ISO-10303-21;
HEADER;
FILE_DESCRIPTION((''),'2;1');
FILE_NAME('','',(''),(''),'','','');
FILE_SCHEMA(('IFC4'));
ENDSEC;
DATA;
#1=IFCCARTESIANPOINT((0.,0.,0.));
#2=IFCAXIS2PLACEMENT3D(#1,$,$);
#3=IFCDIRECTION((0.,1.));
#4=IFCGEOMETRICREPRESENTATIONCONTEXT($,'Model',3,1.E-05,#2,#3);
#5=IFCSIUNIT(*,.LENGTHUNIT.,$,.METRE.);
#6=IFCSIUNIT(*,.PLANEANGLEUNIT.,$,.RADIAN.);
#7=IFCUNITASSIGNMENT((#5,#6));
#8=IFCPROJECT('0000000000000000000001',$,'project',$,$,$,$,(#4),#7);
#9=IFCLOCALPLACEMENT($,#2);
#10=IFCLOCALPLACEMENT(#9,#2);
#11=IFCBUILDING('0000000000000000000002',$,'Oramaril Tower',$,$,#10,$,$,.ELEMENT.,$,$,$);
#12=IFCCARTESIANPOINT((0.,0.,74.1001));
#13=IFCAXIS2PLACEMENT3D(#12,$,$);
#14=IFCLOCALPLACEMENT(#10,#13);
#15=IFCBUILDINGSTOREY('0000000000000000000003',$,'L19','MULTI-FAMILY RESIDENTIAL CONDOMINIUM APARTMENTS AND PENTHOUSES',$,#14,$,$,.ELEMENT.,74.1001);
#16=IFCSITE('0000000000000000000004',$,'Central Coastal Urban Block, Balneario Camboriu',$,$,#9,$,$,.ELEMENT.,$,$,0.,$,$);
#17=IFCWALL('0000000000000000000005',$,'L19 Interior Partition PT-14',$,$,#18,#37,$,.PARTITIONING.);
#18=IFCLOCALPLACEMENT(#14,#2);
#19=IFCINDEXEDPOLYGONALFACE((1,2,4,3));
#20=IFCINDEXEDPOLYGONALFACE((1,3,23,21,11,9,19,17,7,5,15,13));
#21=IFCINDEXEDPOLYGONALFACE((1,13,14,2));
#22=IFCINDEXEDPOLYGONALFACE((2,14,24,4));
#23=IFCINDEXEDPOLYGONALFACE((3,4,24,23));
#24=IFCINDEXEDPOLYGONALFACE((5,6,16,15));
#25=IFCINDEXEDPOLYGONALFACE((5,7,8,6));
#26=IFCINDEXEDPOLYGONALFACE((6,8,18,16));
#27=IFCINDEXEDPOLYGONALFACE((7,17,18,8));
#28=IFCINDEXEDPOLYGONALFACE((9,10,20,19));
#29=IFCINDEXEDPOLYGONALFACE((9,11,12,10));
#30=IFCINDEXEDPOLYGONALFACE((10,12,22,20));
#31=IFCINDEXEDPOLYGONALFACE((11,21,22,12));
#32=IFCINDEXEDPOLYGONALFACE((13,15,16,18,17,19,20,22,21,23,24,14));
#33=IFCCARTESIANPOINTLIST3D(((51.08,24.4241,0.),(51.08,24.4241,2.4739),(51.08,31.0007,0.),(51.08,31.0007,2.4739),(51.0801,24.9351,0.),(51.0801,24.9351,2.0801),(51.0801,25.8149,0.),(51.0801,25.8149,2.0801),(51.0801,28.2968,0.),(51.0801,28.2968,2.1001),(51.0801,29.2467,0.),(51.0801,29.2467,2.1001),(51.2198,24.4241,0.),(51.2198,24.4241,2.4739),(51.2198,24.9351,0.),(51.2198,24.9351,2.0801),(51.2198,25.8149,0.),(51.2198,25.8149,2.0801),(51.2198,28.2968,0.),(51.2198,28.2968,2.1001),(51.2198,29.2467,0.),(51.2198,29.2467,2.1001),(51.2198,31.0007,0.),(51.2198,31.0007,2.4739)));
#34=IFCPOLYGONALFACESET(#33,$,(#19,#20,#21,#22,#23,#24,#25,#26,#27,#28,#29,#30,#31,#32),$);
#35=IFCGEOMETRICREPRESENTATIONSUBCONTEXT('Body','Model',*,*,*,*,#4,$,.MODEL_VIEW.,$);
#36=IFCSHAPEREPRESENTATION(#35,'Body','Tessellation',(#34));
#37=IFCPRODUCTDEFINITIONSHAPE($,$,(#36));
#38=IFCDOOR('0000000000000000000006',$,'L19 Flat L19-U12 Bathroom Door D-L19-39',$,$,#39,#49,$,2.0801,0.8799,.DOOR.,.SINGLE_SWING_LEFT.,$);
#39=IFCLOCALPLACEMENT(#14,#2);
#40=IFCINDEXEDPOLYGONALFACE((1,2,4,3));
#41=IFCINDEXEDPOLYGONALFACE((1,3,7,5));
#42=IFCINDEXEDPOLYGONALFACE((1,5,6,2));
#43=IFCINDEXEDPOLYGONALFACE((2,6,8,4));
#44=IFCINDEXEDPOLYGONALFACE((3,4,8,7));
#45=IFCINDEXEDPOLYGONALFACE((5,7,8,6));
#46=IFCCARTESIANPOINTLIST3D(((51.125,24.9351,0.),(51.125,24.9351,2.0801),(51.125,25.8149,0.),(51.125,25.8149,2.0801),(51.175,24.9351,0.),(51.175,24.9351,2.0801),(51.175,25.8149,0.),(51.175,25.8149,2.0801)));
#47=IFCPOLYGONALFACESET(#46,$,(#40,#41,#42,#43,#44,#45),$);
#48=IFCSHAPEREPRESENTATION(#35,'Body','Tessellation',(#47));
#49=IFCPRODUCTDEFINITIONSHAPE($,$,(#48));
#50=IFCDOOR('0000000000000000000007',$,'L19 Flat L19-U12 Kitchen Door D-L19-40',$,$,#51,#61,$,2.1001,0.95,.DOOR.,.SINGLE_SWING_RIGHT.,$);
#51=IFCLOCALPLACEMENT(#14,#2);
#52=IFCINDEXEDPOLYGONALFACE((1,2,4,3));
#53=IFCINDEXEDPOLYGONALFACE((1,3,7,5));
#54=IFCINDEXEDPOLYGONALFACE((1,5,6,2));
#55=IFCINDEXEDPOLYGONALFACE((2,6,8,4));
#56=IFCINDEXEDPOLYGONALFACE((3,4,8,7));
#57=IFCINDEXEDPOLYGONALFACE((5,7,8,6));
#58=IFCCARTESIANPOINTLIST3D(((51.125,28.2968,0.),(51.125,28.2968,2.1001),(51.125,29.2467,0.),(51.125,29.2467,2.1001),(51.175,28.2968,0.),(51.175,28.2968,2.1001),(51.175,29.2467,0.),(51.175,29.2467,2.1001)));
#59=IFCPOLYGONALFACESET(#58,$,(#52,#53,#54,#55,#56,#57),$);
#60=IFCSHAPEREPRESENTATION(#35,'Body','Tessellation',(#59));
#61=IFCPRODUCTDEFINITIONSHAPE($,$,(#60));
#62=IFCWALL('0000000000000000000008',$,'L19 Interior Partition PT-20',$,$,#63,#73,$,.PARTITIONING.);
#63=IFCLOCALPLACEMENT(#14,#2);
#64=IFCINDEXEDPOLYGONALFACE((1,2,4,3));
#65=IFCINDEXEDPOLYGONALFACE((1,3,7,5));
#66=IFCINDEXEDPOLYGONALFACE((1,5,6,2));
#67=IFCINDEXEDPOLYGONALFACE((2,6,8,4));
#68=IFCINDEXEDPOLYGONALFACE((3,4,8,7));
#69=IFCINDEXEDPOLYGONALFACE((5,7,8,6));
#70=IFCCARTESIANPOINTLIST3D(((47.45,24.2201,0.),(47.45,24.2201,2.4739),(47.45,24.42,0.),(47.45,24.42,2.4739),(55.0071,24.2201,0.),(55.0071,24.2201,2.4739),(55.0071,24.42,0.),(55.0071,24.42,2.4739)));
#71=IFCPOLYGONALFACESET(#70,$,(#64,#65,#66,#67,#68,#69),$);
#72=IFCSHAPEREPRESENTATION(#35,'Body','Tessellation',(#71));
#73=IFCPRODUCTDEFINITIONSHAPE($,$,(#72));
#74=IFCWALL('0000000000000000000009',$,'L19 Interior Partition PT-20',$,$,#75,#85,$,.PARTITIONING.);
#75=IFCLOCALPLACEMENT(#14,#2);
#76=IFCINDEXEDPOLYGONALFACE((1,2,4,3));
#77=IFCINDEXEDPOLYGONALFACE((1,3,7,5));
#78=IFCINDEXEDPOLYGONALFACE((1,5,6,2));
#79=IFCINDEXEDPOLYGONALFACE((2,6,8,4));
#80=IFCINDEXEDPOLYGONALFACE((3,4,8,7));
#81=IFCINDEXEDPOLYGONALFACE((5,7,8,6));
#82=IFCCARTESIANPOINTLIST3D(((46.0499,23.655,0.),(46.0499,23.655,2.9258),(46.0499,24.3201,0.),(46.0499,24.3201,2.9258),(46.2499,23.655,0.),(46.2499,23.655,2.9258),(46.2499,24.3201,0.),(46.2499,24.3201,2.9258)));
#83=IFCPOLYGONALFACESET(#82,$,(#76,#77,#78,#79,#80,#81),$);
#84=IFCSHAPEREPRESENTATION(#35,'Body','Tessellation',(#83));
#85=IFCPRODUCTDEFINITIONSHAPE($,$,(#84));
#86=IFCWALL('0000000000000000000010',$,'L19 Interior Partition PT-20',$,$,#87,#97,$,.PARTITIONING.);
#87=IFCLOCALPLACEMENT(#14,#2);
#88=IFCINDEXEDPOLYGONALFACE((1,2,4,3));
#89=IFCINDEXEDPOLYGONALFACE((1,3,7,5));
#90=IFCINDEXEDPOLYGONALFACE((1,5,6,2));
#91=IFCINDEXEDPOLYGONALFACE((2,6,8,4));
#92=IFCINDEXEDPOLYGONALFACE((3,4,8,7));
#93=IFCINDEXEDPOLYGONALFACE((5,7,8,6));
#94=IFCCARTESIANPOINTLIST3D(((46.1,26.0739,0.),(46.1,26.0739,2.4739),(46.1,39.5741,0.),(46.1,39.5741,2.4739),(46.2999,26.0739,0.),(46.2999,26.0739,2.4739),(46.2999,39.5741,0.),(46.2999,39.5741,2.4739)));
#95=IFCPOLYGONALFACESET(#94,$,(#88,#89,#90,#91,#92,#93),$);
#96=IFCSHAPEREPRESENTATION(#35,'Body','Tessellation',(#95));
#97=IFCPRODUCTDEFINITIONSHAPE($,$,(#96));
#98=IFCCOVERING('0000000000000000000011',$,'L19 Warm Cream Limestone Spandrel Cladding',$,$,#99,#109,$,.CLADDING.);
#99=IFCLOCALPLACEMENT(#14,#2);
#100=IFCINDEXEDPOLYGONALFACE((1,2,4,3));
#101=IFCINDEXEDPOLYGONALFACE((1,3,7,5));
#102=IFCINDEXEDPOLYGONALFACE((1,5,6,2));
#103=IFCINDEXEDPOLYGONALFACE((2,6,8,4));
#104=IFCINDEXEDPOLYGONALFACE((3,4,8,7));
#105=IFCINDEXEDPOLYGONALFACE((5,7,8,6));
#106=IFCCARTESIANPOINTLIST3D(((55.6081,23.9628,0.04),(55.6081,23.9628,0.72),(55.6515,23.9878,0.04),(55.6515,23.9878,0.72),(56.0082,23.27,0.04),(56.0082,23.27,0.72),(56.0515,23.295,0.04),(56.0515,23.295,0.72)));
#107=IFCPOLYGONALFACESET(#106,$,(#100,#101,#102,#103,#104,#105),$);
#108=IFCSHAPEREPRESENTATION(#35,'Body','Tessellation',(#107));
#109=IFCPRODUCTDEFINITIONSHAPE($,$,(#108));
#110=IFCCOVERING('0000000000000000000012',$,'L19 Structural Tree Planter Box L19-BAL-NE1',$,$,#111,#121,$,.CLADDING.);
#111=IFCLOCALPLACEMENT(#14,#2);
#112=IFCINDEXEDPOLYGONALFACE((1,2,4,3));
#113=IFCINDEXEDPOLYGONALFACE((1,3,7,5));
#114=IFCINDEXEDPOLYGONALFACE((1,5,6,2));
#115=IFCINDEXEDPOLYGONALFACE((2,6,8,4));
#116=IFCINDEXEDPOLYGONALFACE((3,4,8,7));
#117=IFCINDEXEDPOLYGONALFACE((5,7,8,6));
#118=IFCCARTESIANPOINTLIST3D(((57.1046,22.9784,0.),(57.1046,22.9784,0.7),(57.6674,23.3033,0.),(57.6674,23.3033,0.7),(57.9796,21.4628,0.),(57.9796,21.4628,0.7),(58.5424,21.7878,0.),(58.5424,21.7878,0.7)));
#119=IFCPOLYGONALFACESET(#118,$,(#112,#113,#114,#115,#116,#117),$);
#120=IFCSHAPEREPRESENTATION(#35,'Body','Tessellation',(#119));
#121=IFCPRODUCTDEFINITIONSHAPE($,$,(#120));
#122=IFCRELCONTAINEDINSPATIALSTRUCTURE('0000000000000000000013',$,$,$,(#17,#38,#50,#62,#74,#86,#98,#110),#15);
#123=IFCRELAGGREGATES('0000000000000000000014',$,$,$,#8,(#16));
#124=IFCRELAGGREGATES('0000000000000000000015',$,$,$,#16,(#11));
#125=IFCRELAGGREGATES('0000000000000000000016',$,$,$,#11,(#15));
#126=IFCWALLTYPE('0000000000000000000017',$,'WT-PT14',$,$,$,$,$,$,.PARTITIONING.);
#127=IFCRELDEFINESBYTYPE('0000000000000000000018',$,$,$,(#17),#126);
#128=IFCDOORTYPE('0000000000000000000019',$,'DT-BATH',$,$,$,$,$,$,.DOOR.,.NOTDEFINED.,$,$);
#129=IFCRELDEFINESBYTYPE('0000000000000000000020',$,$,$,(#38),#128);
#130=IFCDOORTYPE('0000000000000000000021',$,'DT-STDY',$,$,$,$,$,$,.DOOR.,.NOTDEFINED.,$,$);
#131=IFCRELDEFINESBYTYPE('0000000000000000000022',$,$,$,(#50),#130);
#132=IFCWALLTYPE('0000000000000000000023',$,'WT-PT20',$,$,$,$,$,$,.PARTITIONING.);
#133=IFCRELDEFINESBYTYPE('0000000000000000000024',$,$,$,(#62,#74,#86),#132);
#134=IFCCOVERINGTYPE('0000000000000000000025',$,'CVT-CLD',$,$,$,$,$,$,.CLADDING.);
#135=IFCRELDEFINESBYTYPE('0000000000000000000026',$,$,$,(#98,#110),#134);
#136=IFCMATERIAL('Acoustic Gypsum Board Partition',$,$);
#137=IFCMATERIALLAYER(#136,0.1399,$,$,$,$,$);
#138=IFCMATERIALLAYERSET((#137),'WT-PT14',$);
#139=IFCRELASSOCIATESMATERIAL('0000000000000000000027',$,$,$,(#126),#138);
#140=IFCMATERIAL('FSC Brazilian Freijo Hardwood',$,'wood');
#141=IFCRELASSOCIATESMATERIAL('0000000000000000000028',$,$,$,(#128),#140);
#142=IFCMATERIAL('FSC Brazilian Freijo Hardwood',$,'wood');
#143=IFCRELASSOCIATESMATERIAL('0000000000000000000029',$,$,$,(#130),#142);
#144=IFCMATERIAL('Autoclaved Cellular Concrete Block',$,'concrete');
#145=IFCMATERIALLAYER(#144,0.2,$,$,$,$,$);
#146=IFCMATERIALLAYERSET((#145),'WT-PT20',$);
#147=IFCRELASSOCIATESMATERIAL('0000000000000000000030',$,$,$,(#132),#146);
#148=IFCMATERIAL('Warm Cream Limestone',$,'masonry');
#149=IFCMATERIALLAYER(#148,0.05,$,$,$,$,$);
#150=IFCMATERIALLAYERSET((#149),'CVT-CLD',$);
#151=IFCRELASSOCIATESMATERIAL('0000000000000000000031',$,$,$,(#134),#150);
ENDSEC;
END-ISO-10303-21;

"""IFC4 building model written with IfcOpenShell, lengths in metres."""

from ifc_helpers import new_model, si_unit, direction, frame, frame_2d, origin, origin_2d, place, context, subcontext, project, spatial, rectangle, extrude, material, layer, layer_set, type_object, element, fill, save


model = new_model("IFC4")

# Units and contexts
model_context = context("Model", 3, precision=1e-05, world=origin(), true_north=direction((0.0, 1.0)))
body_context = subcontext(model_context, "Body", "Model", "MODEL_VIEW")
ifc_project = project(units=[si_unit("LENGTHUNIT", "METRE"), si_unit("PLANEANGLEUNIT", "RADIAN")], contexts=[model_context])

# Site, building, storey
site_placement = place(None, origin())
site = spatial("IfcSite", under=ifc_project, at=site_placement, Name="Central Coastal Urban Block, Balneario Camboriu", CompositionType="ELEMENT", RefElevation=0.0)
building_placement = place(site_placement, origin())
building = spatial("IfcBuilding", under=site, at=building_placement, Name="Oramaril Tower", CompositionType="ELEMENT")
storey_placement = place(building_placement, frame((0.0, 0.0, 74.1001)))
storey = spatial("IfcBuildingStorey", under=building, at=storey_placement, Name="L19", Description="MULTI-FAMILY RESIDENTIAL CONDOMINIUM APARTMENTS AND PENTHOUSES", CompositionType="ELEMENT", Elevation=74.1001)

# Wall, openings, doors
ifc_material_1 = material(Name="Acoustic Gypsum Board Partition")
ifc_layer_1 = layer(ifc_material_1, 0.1399)
ifc_layer_set_1 = layer_set([ifc_layer_1], Name="WT-PT14")
wall_type_1 = type_object("IfcWallType", Name="WT-PT14", PredefinedType="PARTITIONING", material=ifc_layer_set_1)
wall_1_placement = place(storey_placement, frame((51.1499, 24.4241, 0.0), z_axis=(0.0, 0.0, 1.0), x_axis=(0.0, 1.0, 0.0)))
wall_1 = element("IfcWall", 1, at=wall_1_placement, inside=storey, type_object=wall_type_1, Name="L19 Interior Partition PT-14", PredefinedType="PARTITIONING", context=body_context, shape_type="SweptSolid", body=[
    extrude(rectangle(XDim=6.5767, YDim=0.1399, at=frame_2d((3.2883, 0.0))), origin(), (0.0, 0.0, 1.0), 2.4739),
])
opening_1_placement = place(wall_1_placement, frame((0.511, 0.0, 0.0)))
opening_1 = element("IfcOpeningElement", 2, at=opening_1_placement, cuts=wall_1, PredefinedType="OPENING", context=body_context, shape_type="SweptSolid", body=[
    extrude(rectangle(XDim=0.8799, YDim=2.0801, at=frame_2d((0.4399, 1.04))), frame((0.0, 0.0698, 0.0), z_axis=(0.0, -1.0, 0.0), x_axis=(1.0, 0.0, 0.0)), (0.0, 0.0, 1.0), 0.1399),
])
opening_2_placement = place(wall_1_placement, frame((3.8726, 0.0, 0.0)))
opening_2 = element("IfcOpeningElement", 3, at=opening_2_placement, cuts=wall_1, PredefinedType="OPENING", context=body_context, shape_type="SweptSolid", body=[
    extrude(rectangle(XDim=0.95, YDim=2.1001, at=frame_2d((0.4751, 1.05))), frame((0.0, 0.0698, 0.0), z_axis=(0.0, -1.0, 0.0), x_axis=(1.0, 0.0, 0.0)), (0.0, 0.0, 1.0), 0.1399),
])
ifc_material_2 = material(Name="FSC Brazilian Freijo Hardwood", Category="wood")
door_type_1 = type_object("IfcDoorType", Name="DT-BATH", OperationType="NOTDEFINED", PredefinedType="DOOR", material=ifc_material_2)
door_1_placement = place(opening_1_placement, origin())
door_1 = element("IfcDoor", 4, at=door_1_placement, inside=storey, type_object=door_type_1, Name="L19 Flat L19-U12 Bathroom Door D-L19-39", OperationType="SINGLE_SWING_LEFT", OverallHeight=2.0801, OverallWidth=0.8799, PredefinedType="DOOR", context=body_context, shape_type="SweptSolid", body=[
    extrude(rectangle(XDim=0.8799, YDim=2.0801, at=frame_2d((0.4399, 1.04))), frame((0.0, 0.0249, 0.0), z_axis=(0.0, -1.0, 0.0), x_axis=(1.0, 0.0, 0.0)), (0.0, 0.0, 1.0), 0.05),
])
fill(opening_1, door_1)
ifc_material_3 = material(Name="FSC Brazilian Freijo Hardwood", Category="wood")
door_type_2 = type_object("IfcDoorType", Name="DT-STDY", OperationType="NOTDEFINED", PredefinedType="DOOR", material=ifc_material_3)
door_2_placement = place(opening_2_placement, origin())
door_2 = element("IfcDoor", 5, at=door_2_placement, inside=storey, type_object=door_type_2, Name="L19 Flat L19-U12 Kitchen Door D-L19-40", OperationType="SINGLE_SWING_RIGHT", OverallHeight=2.1001, OverallWidth=0.95, PredefinedType="DOOR", context=body_context, shape_type="SweptSolid", body=[
    extrude(rectangle(XDim=0.95, YDim=2.1001, at=frame_2d((0.4751, 1.05))), frame((0.0, 0.0249, 0.0), z_axis=(0.0, -1.0, 0.0), x_axis=(1.0, 0.0, 0.0)), (0.0, 0.0, 1.0), 0.05),
])
fill(opening_2, door_2)

# Walls
ifc_material_4 = material(Name="Autoclaved Cellular Concrete Block", Category="concrete")
ifc_layer_2 = layer(ifc_material_4, 0.2)
ifc_layer_set_2 = layer_set([ifc_layer_2], Name="WT-PT20")
wall_type_2 = type_object("IfcWallType", Name="WT-PT20", PredefinedType="PARTITIONING", material=ifc_layer_set_2)
wall_2_placement = place(storey_placement, frame((47.45, 24.3201, 0.0), z_axis=(0.0, 0.0, 1.0), x_axis=(1.0, 0.0, 0.0)))
element("IfcWall", 6, at=wall_2_placement, inside=storey, type_object=wall_type_2, Name="L19 Interior Partition PT-20", PredefinedType="PARTITIONING", context=body_context, shape_type="SweptSolid", body=[
    extrude(rectangle(XDim=7.5571, YDim=0.2, at=frame_2d((3.7786, 0.0))), origin(), (0.0, 0.0, 1.0), 2.4739),
])
wall_3_placement = place(storey_placement, frame((46.1499, 23.655, 0.0), z_axis=(0.0, 0.0, 1.0), x_axis=(0.0, 1.0, 0.0)))
element("IfcWall", 7, at=wall_3_placement, inside=storey, type_object=wall_type_2, Name="L19 Interior Partition PT-20", PredefinedType="PARTITIONING", context=body_context, shape_type="SweptSolid", body=[
    extrude(rectangle(XDim=0.665, YDim=0.2, at=frame_2d((0.3325, 0.0))), origin(), (0.0, 0.0, 1.0), 2.9258),
])
wall_4_placement = place(storey_placement, frame((46.2, 26.074, 0.0), z_axis=(0.0, 0.0, 1.0), x_axis=(0.0, 1.0, 0.0)))
element("IfcWall", 8, at=wall_4_placement, inside=storey, type_object=wall_type_2, Name="L19 Interior Partition PT-20", PredefinedType="PARTITIONING", context=body_context, shape_type="SweptSolid", body=[
    extrude(rectangle(XDim=13.5002, YDim=0.2, at=frame_2d((6.75, 0.0))), origin(), (0.0, 0.0, 1.0), 2.4739),
])

# Coverings
ifc_material_5 = material(Name="Warm Cream Limestone", Category="masonry")
ifc_layer_3 = layer(ifc_material_5, 0.05)
ifc_layer_set_3 = layer_set([ifc_layer_3], Name="CVT-CLD")
covering_type = type_object("IfcCoveringType", Name="CVT-CLD", PredefinedType="CLADDING", material=ifc_layer_set_3)
covering_1_placement = place(storey_placement, frame((55.8298, 23.6289, 0.04), z_axis=(0.0, 0.0, 1.0), x_axis=(-0.5, 0.866025, 0.0)))
element("IfcCovering", 9, at=covering_1_placement, inside=storey, type_object=covering_type, Name="L19 Warm Cream Limestone Spandrel Cladding", PredefinedType="CLADDING", context=body_context, shape_type="SweptSolid", body=[
    extrude(rectangle(XDim=0.8, YDim=0.05, at=origin_2d()), origin(), (0.0, 0.0, 1.0), 0.6799),
])
covering_2_placement = place(storey_placement, frame((57.8235, 22.3831, 0.0), z_axis=(0.0, 0.0, 1.0), x_axis=(-0.5, 0.866025, 0.0)))
element("IfcCovering", 10, at=covering_2_placement, inside=storey, type_object=covering_type, Name="L19 Structural Tree Planter Box L19-BAL-NE1", PredefinedType="CLADDING", context=body_context, shape_type="SweptSolid", body=[
    extrude(rectangle(XDim=1.75, YDim=0.6499, at=origin_2d()), origin(), (0.0, 0.0, 1.0), 0.7),
])

save(model, "model.ifc")
